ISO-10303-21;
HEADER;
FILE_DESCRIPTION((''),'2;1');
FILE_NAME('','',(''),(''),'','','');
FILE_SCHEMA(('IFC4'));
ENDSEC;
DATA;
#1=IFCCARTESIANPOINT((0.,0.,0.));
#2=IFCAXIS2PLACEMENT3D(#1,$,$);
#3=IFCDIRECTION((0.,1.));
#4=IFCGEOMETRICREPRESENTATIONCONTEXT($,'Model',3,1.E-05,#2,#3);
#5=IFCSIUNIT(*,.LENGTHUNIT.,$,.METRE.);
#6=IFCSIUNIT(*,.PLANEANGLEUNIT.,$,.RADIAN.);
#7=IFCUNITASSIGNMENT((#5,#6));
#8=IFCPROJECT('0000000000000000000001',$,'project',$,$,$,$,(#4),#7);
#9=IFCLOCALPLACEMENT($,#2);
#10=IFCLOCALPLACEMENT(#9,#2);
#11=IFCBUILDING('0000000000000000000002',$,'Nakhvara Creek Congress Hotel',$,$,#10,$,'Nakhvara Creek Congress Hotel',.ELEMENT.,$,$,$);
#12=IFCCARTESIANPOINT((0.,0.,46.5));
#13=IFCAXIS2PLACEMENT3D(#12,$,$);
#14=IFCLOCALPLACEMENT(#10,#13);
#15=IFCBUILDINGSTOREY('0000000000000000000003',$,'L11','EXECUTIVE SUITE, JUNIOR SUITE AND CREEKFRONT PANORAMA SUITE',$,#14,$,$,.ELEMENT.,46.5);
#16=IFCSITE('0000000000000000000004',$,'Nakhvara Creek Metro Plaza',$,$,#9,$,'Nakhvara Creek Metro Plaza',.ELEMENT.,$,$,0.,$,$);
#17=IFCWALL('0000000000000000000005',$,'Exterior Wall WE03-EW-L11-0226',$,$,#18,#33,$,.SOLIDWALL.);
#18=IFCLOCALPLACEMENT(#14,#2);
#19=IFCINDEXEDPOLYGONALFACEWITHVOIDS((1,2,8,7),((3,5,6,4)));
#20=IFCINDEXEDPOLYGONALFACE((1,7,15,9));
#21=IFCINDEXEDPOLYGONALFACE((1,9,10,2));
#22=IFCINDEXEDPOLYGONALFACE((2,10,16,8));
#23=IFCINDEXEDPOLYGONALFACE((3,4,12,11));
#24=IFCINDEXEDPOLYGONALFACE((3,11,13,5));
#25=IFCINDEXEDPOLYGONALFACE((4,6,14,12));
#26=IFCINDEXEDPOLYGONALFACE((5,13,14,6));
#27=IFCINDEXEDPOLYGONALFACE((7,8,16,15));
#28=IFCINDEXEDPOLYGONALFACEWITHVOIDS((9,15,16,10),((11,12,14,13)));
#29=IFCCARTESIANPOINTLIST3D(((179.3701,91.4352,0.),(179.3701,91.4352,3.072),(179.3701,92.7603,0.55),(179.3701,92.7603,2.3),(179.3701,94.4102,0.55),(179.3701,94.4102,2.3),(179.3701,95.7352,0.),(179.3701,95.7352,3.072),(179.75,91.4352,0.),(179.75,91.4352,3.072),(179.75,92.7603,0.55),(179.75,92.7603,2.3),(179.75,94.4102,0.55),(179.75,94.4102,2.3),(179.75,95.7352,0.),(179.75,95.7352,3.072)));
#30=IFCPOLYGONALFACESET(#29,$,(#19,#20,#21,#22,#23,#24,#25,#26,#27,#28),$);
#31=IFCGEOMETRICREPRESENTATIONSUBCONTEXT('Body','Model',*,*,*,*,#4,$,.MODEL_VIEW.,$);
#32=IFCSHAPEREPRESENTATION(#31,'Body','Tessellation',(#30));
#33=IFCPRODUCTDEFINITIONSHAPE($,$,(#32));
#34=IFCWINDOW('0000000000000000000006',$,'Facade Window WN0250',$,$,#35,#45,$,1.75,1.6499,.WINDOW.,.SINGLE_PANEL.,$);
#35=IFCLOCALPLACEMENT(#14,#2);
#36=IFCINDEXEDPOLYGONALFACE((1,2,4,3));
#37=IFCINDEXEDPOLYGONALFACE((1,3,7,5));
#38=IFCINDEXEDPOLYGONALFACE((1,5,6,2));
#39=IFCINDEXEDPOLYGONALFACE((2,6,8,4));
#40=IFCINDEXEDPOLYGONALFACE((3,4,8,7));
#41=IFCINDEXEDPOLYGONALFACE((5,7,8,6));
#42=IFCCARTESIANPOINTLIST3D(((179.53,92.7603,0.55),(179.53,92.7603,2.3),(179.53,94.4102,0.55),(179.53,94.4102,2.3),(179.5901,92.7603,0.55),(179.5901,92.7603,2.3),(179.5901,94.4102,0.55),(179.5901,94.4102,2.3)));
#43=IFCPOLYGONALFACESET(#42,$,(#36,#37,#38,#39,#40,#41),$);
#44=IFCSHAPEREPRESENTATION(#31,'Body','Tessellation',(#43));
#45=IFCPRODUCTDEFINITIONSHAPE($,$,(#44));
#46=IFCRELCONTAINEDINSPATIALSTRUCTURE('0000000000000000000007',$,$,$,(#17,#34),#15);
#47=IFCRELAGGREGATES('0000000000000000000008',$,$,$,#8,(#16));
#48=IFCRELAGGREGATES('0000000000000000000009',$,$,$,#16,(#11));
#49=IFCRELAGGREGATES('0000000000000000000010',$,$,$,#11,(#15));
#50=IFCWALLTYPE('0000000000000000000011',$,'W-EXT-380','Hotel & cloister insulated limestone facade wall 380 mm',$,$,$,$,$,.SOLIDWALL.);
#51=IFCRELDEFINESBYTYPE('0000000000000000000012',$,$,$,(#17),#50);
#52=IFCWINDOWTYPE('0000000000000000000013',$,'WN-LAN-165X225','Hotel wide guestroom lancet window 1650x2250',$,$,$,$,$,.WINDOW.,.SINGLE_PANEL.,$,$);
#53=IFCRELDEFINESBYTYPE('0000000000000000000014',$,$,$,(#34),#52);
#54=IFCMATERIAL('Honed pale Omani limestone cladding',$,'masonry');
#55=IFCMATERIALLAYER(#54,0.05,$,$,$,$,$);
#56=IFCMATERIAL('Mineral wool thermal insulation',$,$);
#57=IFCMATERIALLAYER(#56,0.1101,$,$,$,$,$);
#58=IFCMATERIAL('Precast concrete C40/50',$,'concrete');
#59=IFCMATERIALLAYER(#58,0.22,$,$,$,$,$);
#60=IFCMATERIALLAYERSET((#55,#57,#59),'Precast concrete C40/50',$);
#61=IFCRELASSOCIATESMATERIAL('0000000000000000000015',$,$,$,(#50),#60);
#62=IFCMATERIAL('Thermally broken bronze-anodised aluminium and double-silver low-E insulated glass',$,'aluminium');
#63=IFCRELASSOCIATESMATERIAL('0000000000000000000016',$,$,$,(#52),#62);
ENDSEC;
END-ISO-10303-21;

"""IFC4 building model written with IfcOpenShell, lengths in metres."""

from ifc_helpers import new_model, si_unit, direction, frame, frame_2d, origin, place, context, subcontext, project, spatial, rectangle, extrude, material, layer, layer_set, type_object, element, fill, save


model = new_model("IFC4")

# Units and contexts
model_context = context("Model", 3, precision=1e-05, world=origin(), true_north=direction((0.0, 1.0)))
body_context = subcontext(model_context, "Body", "Model", "MODEL_VIEW")
ifc_project = project(units=[si_unit("LENGTHUNIT", "METRE"), si_unit("PLANEANGLEUNIT", "RADIAN")], contexts=[model_context])

# Site, building, storey
site_placement = place(None, origin())
site = spatial("IfcSite", under=ifc_project, at=site_placement, Name="Nakhvara Creek Metro Plaza", LongName="Nakhvara Creek Metro Plaza", CompositionType="ELEMENT", RefElevation=0.0)
building_placement = place(site_placement, origin())
building = spatial("IfcBuilding", under=site, at=building_placement, Name="Nakhvara Creek Congress Hotel", LongName="Nakhvara Creek Congress Hotel", CompositionType="ELEMENT")
storey_placement = place(building_placement, frame((0.0, 0.0, 46.5)))
storey = spatial("IfcBuildingStorey", under=building, at=storey_placement, Name="L11", Description="EXECUTIVE SUITE, JUNIOR SUITE AND CREEKFRONT PANORAMA SUITE", CompositionType="ELEMENT", Elevation=46.5)

# Wall, opening, window
ifc_material_1 = material(Name="Honed pale Omani limestone cladding", Category="masonry")
ifc_layer_1 = layer(ifc_material_1, 0.05)
ifc_material_2 = material(Name="Mineral wool thermal insulation")
ifc_layer_2 = layer(ifc_material_2, 0.1101)
ifc_material_3 = material(Name="Precast concrete C40/50", Category="concrete")
ifc_layer_3 = layer(ifc_material_3, 0.22)
ifc_layer_set_1 = layer_set([ifc_layer_1, ifc_layer_2, ifc_layer_3], Name="Precast concrete C40/50")
wall_type_1 = type_object("IfcWallType", Name="W-EXT-380", Description="Hotel & cloister insulated limestone facade wall 380 mm", PredefinedType="SOLIDWALL", material=ifc_layer_set_1)
wall_1_placement = place(storey_placement, frame((179.5601, 95.7351, 0.0), z_axis=(0.0, 0.0, 1.0), x_axis=(0.0, -1.0, 0.0)))
wall_1 = element("IfcWall", 1, at=wall_1_placement, inside=storey, type_object=wall_type_1, Name="Exterior Wall WE03-EW-L11-0226", PredefinedType="SOLIDWALL", context=body_context, shape_type="SweptSolid", body=[
    extrude(rectangle(XDim=4.3, YDim=0.3799, at=frame_2d((2.1499, 0.0))), origin(), (0.0, 0.0, 1.0), 3.072),
])
opening_1_placement = place(wall_1_placement, frame((1.325, 0.0, 0.55)))
opening_1 = element("IfcOpeningElement", 2, at=opening_1_placement, cuts=wall_1, PredefinedType="OPENING", context=body_context, shape_type="SweptSolid", body=[
    extrude(rectangle(XDim=1.6499, YDim=1.75, at=frame_2d((0.825, 0.875))), frame((0.0, 0.2019, 0.0), z_axis=(0.0, -1.0, 0.0), x_axis=(1.0, 0.0, 0.0)), (0.0, 0.0, 1.0), 0.4038),
])
ifc_material_4 = material(Name="Thermally broken bronze-anodised aluminium and double-silver low-E insulated glass", Category="aluminium")
window_type = type_object("IfcWindowType", Name="WN-LAN-165X225", Description="Hotel wide guestroom lancet window 1650x2250", PartitioningType="SINGLE_PANEL", PredefinedType="WINDOW", material=ifc_material_4)
window_placement = place(opening_1_placement, origin())
window = element("IfcWindow", 3, at=window_placement, inside=storey, type_object=window_type, Name="Facade Window WN0250", OverallHeight=1.75, OverallWidth=1.6499, PartitioningType="SINGLE_PANEL", PredefinedType="WINDOW", context=body_context, shape_type="SweptSolid", body=[
    extrude(rectangle(XDim=1.6499, YDim=1.75, at=frame_2d((0.825, 0.875))), frame((0.0, 0.03, 0.0), z_axis=(0.0, -1.0, 0.0), x_axis=(1.0, 0.0, 0.0)), (0.0, 0.0, 1.0), 0.0601),
])
fill(opening_1, window)

save(model, "model.ifc")
